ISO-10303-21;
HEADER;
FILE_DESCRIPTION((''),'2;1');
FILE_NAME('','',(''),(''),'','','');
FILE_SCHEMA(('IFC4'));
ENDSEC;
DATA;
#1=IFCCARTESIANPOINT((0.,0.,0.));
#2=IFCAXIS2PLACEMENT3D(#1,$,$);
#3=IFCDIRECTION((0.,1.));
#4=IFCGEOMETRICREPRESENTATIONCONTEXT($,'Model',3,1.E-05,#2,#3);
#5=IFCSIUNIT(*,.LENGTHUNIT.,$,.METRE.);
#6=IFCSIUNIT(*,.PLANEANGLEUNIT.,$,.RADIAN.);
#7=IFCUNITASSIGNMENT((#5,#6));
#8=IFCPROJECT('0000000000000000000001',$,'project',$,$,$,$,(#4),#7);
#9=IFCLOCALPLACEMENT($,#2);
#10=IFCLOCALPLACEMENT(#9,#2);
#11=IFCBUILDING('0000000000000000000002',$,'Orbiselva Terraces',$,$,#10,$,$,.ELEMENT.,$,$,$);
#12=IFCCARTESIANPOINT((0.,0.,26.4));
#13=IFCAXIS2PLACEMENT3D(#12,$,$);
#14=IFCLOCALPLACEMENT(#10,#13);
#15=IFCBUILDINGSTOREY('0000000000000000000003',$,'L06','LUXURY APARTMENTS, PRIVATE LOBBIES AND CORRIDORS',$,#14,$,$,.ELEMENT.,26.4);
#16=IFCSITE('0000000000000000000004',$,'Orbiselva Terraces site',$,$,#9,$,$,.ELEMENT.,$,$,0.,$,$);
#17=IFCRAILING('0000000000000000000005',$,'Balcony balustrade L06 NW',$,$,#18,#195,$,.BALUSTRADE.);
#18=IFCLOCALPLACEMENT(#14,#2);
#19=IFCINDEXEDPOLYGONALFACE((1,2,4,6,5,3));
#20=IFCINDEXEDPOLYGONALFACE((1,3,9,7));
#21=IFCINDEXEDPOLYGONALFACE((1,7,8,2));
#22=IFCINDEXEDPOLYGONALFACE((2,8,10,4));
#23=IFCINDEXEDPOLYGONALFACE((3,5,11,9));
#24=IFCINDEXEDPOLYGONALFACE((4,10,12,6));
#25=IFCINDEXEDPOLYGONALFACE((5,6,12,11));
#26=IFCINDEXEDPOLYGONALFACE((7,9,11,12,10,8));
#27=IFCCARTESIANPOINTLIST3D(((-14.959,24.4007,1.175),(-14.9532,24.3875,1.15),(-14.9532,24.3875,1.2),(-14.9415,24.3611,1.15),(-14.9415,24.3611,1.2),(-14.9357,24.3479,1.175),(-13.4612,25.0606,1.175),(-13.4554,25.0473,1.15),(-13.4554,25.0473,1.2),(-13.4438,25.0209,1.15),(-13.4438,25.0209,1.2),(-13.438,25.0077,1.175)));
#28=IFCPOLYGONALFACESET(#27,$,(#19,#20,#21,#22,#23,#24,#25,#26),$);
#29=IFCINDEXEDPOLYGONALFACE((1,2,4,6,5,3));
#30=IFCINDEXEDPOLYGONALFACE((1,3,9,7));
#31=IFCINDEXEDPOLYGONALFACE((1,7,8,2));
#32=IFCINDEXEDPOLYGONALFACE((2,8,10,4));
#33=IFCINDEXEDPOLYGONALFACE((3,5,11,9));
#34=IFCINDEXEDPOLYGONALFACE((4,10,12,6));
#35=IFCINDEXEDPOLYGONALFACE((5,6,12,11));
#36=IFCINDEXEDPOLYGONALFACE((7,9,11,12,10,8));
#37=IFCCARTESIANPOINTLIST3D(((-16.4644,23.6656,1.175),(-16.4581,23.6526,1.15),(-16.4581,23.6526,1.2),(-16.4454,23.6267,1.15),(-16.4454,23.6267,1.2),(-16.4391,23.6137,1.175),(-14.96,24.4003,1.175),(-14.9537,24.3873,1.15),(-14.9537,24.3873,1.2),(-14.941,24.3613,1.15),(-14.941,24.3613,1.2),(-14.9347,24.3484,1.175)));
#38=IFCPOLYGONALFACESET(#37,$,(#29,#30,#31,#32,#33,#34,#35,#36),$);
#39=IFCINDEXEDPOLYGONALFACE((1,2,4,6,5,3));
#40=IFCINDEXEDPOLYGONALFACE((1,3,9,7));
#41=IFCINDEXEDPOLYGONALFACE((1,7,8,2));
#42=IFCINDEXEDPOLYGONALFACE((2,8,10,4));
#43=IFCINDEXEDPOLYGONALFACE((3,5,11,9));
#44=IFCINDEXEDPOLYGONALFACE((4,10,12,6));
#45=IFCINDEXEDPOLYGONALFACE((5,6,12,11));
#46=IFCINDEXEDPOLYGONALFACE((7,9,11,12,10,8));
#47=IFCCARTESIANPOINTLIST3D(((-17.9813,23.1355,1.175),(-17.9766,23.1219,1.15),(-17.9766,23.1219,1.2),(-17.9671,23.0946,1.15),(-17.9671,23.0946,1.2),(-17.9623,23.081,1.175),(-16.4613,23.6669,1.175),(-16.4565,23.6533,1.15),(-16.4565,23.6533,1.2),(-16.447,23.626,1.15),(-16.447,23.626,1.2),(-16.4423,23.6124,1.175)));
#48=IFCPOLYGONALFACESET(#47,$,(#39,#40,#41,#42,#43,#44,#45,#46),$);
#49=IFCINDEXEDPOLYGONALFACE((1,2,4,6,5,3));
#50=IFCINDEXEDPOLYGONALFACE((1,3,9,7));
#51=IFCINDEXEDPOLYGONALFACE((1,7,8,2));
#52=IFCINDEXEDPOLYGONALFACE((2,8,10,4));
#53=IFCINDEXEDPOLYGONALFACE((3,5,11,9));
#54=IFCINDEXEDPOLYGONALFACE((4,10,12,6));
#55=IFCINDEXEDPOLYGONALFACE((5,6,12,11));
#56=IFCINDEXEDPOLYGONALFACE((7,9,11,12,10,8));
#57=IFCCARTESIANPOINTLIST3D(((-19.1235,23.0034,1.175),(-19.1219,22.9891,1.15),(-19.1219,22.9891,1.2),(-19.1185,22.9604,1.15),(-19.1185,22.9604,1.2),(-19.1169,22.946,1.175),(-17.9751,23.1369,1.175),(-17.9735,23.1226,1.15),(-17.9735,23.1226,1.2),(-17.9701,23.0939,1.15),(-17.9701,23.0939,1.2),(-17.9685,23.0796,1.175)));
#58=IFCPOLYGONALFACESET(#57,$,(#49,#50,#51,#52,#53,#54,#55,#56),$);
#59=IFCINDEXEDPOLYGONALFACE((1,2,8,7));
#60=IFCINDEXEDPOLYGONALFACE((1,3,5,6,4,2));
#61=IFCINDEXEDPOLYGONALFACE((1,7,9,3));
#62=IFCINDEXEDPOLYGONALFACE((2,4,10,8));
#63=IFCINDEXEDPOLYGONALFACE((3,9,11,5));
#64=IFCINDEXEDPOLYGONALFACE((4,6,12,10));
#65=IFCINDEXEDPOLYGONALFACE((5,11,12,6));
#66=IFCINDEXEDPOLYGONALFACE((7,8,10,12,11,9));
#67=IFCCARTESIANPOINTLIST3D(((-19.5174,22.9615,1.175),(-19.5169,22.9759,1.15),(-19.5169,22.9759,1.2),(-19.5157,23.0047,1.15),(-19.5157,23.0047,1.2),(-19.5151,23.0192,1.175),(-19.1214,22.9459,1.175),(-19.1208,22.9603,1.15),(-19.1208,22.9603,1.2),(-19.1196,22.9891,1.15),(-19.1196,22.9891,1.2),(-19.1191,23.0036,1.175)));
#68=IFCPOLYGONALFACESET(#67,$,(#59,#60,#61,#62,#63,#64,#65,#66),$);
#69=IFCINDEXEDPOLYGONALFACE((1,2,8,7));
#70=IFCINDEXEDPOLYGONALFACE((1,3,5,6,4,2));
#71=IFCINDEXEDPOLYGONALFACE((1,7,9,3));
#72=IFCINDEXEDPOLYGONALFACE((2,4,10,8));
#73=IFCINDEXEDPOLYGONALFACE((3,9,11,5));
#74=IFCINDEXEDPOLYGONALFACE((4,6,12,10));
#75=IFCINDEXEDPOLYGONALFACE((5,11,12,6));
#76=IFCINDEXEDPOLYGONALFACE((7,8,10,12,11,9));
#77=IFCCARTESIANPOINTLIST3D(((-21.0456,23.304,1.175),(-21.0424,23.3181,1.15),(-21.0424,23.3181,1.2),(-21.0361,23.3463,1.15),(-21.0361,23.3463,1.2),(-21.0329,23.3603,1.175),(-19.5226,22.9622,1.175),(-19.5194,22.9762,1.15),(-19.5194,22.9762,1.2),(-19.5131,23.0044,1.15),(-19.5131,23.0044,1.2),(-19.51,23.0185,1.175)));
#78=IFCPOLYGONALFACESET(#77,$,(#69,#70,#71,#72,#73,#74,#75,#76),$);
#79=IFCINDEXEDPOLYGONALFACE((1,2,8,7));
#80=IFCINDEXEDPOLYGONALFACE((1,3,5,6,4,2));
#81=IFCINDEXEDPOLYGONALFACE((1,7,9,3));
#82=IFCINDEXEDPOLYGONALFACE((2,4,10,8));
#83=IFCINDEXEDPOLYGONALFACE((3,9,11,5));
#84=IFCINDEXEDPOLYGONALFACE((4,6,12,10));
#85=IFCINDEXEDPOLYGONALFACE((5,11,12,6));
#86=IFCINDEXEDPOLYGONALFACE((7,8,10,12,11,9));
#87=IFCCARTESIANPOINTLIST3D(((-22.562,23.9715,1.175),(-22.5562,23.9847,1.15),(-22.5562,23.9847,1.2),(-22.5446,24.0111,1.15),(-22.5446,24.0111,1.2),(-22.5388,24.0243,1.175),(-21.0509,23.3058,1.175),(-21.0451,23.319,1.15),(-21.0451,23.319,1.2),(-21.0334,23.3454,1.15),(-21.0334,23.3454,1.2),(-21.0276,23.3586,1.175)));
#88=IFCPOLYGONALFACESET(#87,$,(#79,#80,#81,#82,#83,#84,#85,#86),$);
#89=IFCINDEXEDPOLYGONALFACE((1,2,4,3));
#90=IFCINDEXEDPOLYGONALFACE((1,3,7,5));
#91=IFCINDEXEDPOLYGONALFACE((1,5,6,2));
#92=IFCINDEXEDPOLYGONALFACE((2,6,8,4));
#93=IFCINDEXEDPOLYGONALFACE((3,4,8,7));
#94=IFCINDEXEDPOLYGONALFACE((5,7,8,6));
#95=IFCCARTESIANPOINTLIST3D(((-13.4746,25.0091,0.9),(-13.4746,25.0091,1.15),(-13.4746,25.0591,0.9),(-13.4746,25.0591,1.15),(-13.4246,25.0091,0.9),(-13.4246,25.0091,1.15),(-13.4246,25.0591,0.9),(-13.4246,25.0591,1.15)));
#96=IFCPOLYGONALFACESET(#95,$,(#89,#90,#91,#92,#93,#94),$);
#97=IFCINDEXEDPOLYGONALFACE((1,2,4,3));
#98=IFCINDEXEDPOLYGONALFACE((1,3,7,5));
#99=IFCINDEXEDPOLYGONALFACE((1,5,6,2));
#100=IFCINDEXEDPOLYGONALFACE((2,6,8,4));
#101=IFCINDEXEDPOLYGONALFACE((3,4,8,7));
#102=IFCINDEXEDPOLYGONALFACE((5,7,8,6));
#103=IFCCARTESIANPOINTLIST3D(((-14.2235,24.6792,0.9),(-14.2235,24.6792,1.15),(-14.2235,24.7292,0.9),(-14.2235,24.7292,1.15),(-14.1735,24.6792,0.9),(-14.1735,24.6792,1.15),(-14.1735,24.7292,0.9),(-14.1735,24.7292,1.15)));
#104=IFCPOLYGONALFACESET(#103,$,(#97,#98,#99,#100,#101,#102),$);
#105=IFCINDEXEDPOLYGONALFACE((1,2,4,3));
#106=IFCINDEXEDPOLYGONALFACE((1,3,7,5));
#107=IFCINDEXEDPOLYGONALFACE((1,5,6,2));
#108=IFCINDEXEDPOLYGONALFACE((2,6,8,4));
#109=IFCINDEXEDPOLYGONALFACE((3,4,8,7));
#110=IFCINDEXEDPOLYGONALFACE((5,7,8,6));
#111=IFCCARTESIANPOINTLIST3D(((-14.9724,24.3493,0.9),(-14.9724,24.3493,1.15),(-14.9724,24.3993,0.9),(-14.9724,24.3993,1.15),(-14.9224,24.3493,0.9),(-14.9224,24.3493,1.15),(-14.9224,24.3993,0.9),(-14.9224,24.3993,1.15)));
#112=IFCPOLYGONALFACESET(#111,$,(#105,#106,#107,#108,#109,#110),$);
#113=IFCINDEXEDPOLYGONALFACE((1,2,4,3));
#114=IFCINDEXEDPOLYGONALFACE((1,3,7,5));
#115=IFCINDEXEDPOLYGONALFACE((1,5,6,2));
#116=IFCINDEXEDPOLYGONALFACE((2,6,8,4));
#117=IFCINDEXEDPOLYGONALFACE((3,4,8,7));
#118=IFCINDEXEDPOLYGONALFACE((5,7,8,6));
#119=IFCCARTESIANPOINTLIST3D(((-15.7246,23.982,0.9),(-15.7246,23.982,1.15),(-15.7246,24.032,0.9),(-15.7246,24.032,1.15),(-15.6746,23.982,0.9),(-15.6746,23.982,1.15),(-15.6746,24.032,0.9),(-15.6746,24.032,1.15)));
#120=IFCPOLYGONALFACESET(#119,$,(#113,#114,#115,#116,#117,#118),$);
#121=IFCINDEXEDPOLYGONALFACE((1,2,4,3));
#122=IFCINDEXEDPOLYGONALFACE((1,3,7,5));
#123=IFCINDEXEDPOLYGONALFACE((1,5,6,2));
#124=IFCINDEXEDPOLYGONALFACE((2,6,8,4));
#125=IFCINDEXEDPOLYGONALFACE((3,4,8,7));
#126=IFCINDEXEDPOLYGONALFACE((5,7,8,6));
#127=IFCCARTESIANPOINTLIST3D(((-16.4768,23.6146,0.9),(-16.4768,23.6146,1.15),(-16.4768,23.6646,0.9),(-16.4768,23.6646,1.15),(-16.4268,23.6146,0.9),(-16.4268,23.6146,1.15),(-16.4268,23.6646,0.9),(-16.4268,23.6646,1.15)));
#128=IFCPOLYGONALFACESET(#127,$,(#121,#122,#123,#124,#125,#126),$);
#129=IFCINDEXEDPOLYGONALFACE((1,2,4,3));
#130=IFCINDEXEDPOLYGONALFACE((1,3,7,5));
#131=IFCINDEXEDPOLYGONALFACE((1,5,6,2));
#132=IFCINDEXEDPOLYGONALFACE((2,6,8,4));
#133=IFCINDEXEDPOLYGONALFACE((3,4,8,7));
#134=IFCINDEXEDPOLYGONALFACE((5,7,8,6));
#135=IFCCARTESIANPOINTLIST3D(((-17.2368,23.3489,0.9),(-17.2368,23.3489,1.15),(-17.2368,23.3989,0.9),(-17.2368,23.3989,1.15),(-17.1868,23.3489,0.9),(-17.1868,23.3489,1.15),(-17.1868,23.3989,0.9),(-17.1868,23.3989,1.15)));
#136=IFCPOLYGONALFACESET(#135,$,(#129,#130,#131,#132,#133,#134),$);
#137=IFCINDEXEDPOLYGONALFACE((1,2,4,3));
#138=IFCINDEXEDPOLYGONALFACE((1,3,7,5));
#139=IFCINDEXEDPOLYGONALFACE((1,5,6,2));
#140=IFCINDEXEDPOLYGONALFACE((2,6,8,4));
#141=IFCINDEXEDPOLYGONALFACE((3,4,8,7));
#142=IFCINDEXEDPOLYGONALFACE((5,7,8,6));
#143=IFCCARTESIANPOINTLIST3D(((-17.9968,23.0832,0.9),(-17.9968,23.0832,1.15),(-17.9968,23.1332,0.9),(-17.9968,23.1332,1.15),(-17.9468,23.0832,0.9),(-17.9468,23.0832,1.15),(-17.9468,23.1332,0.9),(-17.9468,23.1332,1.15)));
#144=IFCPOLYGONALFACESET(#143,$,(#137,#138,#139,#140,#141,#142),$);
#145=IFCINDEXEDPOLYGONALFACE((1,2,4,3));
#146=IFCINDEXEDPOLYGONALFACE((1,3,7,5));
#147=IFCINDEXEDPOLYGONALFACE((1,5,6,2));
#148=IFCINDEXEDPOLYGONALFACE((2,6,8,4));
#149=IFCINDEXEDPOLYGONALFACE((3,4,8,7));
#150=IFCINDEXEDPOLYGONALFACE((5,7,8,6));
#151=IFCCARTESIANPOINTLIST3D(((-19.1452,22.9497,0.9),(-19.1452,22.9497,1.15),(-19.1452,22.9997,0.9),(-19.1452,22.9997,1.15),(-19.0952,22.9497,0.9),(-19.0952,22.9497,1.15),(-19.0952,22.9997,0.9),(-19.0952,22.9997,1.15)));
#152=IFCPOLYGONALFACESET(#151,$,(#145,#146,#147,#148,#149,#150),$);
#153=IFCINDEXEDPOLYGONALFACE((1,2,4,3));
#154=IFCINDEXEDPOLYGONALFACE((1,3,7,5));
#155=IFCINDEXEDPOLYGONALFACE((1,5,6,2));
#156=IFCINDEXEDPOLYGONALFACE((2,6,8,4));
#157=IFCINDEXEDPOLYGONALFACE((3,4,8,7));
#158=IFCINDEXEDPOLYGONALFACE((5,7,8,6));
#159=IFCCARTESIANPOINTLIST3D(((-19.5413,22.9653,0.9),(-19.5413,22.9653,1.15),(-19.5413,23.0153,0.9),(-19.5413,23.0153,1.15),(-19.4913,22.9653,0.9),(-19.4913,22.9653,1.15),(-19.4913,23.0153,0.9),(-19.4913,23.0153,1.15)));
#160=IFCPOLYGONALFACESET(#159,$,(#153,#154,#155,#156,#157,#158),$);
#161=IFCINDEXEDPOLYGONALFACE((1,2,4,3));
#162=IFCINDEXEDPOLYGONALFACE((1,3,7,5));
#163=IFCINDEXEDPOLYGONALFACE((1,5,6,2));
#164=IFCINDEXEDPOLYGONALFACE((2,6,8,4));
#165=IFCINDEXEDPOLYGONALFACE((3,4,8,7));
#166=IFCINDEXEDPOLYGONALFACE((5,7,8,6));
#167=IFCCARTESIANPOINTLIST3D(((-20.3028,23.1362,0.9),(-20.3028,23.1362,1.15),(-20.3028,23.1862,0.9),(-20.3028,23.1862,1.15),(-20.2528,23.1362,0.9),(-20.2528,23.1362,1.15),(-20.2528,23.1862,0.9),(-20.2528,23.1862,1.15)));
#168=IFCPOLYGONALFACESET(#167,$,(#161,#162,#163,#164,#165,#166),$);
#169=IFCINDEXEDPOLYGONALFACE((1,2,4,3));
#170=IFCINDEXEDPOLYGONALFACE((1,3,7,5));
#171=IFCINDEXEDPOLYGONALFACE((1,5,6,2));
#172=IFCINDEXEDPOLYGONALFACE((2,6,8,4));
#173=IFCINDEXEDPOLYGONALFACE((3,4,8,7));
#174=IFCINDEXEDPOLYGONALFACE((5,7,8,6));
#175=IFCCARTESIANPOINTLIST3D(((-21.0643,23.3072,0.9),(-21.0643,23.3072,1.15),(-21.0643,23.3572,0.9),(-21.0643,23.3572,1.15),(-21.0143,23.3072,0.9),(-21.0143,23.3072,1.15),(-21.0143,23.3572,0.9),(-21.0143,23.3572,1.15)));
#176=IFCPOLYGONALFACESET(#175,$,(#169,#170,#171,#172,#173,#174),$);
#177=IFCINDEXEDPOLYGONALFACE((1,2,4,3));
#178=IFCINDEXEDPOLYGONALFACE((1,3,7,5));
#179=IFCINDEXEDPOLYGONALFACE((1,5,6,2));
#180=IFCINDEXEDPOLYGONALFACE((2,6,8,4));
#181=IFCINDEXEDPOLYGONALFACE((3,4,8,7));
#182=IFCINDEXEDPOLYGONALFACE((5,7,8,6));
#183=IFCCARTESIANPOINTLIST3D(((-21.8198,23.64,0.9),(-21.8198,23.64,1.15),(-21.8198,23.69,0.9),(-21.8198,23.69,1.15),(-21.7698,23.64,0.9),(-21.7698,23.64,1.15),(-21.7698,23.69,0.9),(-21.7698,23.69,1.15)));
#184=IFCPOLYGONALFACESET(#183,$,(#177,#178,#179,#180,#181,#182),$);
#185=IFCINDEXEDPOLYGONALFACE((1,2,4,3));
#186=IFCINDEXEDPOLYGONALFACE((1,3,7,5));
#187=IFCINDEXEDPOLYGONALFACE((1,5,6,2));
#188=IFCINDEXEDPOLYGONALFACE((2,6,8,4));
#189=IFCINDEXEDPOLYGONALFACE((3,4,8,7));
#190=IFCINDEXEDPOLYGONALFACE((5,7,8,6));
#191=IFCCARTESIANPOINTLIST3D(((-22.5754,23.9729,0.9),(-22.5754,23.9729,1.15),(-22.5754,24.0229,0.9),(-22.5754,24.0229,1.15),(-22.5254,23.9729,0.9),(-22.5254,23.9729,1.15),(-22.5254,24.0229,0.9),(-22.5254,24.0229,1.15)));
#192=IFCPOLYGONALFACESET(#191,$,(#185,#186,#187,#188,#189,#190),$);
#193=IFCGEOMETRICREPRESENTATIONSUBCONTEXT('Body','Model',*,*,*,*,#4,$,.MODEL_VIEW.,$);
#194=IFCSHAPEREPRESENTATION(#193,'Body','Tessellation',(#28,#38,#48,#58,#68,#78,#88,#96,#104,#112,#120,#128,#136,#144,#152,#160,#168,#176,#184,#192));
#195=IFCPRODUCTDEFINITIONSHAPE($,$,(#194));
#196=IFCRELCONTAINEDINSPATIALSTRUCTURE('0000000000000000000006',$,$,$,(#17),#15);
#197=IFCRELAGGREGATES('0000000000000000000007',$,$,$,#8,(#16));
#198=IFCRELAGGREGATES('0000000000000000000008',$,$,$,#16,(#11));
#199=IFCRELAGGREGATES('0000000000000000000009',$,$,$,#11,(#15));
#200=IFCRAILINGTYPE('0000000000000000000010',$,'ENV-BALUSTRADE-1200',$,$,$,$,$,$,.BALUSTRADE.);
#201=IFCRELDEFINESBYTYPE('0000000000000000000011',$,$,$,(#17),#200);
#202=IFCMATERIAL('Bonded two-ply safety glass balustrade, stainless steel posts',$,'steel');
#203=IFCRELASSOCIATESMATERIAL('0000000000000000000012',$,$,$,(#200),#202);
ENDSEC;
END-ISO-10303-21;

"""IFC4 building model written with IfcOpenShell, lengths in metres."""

from ifc_helpers import new_model, si_unit, direction, frame, origin, origin_2d, place, context, subcontext, project, spatial, polyline, rectangle, outline, extrude, material, type_object, element, save


model = new_model("IFC4")

# Units and contexts
model_context = context("Model", 3, precision=1e-05, world=origin(), true_north=direction((0.0, 1.0)))
body_context = subcontext(model_context, "Body", "Model", "MODEL_VIEW")
ifc_project = project(units=[si_unit("LENGTHUNIT", "METRE"), si_unit("PLANEANGLEUNIT", "RADIAN")], contexts=[model_context])

# Site, building, storey
site_placement = place(None, origin())
site = spatial("IfcSite", under=ifc_project, at=site_placement, Name="Orbiselva Terraces site", CompositionType="ELEMENT", RefElevation=0.0)
building_placement = place(site_placement, origin())
building = spatial("IfcBuilding", under=site, at=building_placement, Name="Orbiselva Terraces", CompositionType="ELEMENT")
storey_placement = place(building_placement, frame((0.0, 0.0, 26.4)))
storey = spatial("IfcBuildingStorey", under=building, at=storey_placement, Name="L06", Description="LUXURY APARTMENTS, PRIVATE LOBBIES AND CORRIDORS", CompositionType="ELEMENT", Elevation=26.4)

# Railing
ifc_material_1 = material(Name="Bonded two-ply safety glass balustrade, stainless steel posts", Category="steel")
railing_type_1 = type_object("IfcRailingType", Name="ENV-BALUSTRADE-1200", PredefinedType="BALUSTRADE", material=ifc_material_1)
railing_1_placement = place(storey_placement, frame((-13.4496, 25.0341, 0.9)))
element("IfcRailing", 1, at=railing_1_placement, inside=storey, type_object=railing_type_1, Name="Balcony balustrade L06 NW", PredefinedType="BALUSTRADE", context=body_context, shape_type="SweptSolid", body=[
    extrude(outline(polyline([(0.0289, 0.0), (0.0144, 0.025), (-0.0144, 0.025), (-0.0289, 0.0), (-0.0144, -0.025), (0.0144, -0.025), (0.0289, 0.0)])), frame((0.0, 0.0, 0.275), z_axis=(-0.915133, -0.403151, 0.0), x_axis=(0.403151, -0.915133, 0.0)), (0.0, 0.0, 1.0), 1.6366),
    extrude(outline(polyline([(0.0289, 0.0), (0.0144, 0.025), (-0.0144, 0.025), (-0.0289, 0.0), (-0.0144, -0.025), (0.0144, -0.025), (0.0289, 0.0)])), frame((-1.4978, -0.6598, 0.275), z_axis=(-0.898579, -0.438812, 0.0), x_axis=(0.438812, -0.898579, 0.0)), (0.0, 0.0, 1.0), 1.6742),
    extrude(outline(polyline([(0.0289, 0.0), (0.0144, 0.025), (-0.0144, 0.025), (-0.0289, 0.0), (-0.0144, -0.025), (0.0144, -0.025), (0.0289, 0.0)])), frame((-3.0022, -1.3945, 0.275), z_axis=(-0.943972, -0.330025, 0.0), x_axis=(0.330025, -0.943972, 0.0)), (0.0, 0.0, 1.0), 1.6103),
    extrude(outline(polyline([(0.0289, 0.0), (0.0144, 0.025), (-0.0144, 0.025), (-0.0289, 0.0), (-0.0144, -0.025), (0.0144, -0.025), (0.0289, 0.0)])), frame((-4.5222, -1.9259, 0.275), z_axis=(-0.99331, -0.115482, 0.0), x_axis=(0.115482, -0.99331, 0.0)), (0.0, 0.0, 1.0), 1.1561),
    extrude(outline(polyline([(0.0289, 0.0), (0.0144, 0.025), (-0.0144, 0.025), (-0.0289, 0.0), (-0.0144, -0.025), (0.0144, -0.025), (0.0289, 0.0)])), frame((-5.6706, -2.0594, 0.275), z_axis=(-0.999225, 0.039369, 0.0), x_axis=(-0.039369, -0.999225, 0.0)), (0.0, 0.0, 1.0), 0.3964),
    extrude(outline(polyline([(0.0289, 0.0), (0.0144, 0.025), (-0.0144, 0.025), (-0.0289, 0.0), (-0.0144, -0.025), (0.0144, -0.025), (0.0289, 0.0)])), frame((-6.0667, -2.0438, 0.275), z_axis=(-0.975721, 0.219016, 0.0), x_axis=(-0.219016, -0.975721, 0.0)), (0.0, 0.0, 1.0), 1.5609),
    extrude(outline(polyline([(0.0289, 0.0), (0.0144, 0.025), (-0.0144, 0.025), (-0.0289, 0.0), (-0.0144, -0.025), (0.0144, -0.025), (0.0289, 0.0)])), frame((-7.5896, -1.702, 0.275), z_axis=(-0.915134, 0.403151, 0.0), x_axis=(-0.403151, -0.915134, 0.0)), (0.0, 0.0, 1.0), 1.6513),
    extrude(rectangle(XDim=0.05, YDim=0.05, at=origin_2d()), origin(), (0.0, 0.0, 1.0), 0.25),
    extrude(rectangle(XDim=0.05, YDim=0.05, at=origin_2d()), frame((-0.7489, -0.3299, 0.0)), (0.0, 0.0, 1.0), 0.25),
    extrude(rectangle(XDim=0.05, YDim=0.05, at=origin_2d()), frame((-1.4978, -0.6598, 0.0)), (0.0, 0.0, 1.0), 0.25),
    extrude(rectangle(XDim=0.05, YDim=0.05, at=origin_2d()), frame((-2.25, -1.0272, 0.0)), (0.0, 0.0, 1.0), 0.25),
    extrude(rectangle(XDim=0.05, YDim=0.05, at=origin_2d()), frame((-3.0022, -1.3945, 0.0)), (0.0, 0.0, 1.0), 0.25),
    extrude(rectangle(XDim=0.05, YDim=0.05, at=origin_2d()), frame((-3.7622, -1.6602, 0.0)), (0.0, 0.0, 1.0), 0.25),
    extrude(rectangle(XDim=0.05, YDim=0.05, at=origin_2d()), frame((-4.5222, -1.9259, 0.0)), (0.0, 0.0, 1.0), 0.25),
    extrude(rectangle(XDim=0.05, YDim=0.05, at=origin_2d()), frame((-5.6706, -2.0594, 0.0)), (0.0, 0.0, 1.0), 0.25),
    extrude(rectangle(XDim=0.05, YDim=0.05, at=origin_2d()), frame((-6.0667, -2.0438, 0.0)), (0.0, 0.0, 1.0), 0.25),
    extrude(rectangle(XDim=0.05, YDim=0.05, at=origin_2d()), frame((-6.8282, -1.8729, 0.0)), (0.0, 0.0, 1.0), 0.25),
    extrude(rectangle(XDim=0.05, YDim=0.05, at=origin_2d()), frame((-7.5896, -1.702, 0.0)), (0.0, 0.0, 1.0), 0.25),
    extrude(rectangle(XDim=0.05, YDim=0.05, at=origin_2d()), frame((-8.3452, -1.3691, 0.0)), (0.0, 0.0, 1.0), 0.25),
    extrude(rectangle(XDim=0.05, YDim=0.05, at=origin_2d()), frame((-9.1008, -1.0362, 0.0)), (0.0, 0.0, 1.0), 0.25),
])

save(model, "model.ifc")
